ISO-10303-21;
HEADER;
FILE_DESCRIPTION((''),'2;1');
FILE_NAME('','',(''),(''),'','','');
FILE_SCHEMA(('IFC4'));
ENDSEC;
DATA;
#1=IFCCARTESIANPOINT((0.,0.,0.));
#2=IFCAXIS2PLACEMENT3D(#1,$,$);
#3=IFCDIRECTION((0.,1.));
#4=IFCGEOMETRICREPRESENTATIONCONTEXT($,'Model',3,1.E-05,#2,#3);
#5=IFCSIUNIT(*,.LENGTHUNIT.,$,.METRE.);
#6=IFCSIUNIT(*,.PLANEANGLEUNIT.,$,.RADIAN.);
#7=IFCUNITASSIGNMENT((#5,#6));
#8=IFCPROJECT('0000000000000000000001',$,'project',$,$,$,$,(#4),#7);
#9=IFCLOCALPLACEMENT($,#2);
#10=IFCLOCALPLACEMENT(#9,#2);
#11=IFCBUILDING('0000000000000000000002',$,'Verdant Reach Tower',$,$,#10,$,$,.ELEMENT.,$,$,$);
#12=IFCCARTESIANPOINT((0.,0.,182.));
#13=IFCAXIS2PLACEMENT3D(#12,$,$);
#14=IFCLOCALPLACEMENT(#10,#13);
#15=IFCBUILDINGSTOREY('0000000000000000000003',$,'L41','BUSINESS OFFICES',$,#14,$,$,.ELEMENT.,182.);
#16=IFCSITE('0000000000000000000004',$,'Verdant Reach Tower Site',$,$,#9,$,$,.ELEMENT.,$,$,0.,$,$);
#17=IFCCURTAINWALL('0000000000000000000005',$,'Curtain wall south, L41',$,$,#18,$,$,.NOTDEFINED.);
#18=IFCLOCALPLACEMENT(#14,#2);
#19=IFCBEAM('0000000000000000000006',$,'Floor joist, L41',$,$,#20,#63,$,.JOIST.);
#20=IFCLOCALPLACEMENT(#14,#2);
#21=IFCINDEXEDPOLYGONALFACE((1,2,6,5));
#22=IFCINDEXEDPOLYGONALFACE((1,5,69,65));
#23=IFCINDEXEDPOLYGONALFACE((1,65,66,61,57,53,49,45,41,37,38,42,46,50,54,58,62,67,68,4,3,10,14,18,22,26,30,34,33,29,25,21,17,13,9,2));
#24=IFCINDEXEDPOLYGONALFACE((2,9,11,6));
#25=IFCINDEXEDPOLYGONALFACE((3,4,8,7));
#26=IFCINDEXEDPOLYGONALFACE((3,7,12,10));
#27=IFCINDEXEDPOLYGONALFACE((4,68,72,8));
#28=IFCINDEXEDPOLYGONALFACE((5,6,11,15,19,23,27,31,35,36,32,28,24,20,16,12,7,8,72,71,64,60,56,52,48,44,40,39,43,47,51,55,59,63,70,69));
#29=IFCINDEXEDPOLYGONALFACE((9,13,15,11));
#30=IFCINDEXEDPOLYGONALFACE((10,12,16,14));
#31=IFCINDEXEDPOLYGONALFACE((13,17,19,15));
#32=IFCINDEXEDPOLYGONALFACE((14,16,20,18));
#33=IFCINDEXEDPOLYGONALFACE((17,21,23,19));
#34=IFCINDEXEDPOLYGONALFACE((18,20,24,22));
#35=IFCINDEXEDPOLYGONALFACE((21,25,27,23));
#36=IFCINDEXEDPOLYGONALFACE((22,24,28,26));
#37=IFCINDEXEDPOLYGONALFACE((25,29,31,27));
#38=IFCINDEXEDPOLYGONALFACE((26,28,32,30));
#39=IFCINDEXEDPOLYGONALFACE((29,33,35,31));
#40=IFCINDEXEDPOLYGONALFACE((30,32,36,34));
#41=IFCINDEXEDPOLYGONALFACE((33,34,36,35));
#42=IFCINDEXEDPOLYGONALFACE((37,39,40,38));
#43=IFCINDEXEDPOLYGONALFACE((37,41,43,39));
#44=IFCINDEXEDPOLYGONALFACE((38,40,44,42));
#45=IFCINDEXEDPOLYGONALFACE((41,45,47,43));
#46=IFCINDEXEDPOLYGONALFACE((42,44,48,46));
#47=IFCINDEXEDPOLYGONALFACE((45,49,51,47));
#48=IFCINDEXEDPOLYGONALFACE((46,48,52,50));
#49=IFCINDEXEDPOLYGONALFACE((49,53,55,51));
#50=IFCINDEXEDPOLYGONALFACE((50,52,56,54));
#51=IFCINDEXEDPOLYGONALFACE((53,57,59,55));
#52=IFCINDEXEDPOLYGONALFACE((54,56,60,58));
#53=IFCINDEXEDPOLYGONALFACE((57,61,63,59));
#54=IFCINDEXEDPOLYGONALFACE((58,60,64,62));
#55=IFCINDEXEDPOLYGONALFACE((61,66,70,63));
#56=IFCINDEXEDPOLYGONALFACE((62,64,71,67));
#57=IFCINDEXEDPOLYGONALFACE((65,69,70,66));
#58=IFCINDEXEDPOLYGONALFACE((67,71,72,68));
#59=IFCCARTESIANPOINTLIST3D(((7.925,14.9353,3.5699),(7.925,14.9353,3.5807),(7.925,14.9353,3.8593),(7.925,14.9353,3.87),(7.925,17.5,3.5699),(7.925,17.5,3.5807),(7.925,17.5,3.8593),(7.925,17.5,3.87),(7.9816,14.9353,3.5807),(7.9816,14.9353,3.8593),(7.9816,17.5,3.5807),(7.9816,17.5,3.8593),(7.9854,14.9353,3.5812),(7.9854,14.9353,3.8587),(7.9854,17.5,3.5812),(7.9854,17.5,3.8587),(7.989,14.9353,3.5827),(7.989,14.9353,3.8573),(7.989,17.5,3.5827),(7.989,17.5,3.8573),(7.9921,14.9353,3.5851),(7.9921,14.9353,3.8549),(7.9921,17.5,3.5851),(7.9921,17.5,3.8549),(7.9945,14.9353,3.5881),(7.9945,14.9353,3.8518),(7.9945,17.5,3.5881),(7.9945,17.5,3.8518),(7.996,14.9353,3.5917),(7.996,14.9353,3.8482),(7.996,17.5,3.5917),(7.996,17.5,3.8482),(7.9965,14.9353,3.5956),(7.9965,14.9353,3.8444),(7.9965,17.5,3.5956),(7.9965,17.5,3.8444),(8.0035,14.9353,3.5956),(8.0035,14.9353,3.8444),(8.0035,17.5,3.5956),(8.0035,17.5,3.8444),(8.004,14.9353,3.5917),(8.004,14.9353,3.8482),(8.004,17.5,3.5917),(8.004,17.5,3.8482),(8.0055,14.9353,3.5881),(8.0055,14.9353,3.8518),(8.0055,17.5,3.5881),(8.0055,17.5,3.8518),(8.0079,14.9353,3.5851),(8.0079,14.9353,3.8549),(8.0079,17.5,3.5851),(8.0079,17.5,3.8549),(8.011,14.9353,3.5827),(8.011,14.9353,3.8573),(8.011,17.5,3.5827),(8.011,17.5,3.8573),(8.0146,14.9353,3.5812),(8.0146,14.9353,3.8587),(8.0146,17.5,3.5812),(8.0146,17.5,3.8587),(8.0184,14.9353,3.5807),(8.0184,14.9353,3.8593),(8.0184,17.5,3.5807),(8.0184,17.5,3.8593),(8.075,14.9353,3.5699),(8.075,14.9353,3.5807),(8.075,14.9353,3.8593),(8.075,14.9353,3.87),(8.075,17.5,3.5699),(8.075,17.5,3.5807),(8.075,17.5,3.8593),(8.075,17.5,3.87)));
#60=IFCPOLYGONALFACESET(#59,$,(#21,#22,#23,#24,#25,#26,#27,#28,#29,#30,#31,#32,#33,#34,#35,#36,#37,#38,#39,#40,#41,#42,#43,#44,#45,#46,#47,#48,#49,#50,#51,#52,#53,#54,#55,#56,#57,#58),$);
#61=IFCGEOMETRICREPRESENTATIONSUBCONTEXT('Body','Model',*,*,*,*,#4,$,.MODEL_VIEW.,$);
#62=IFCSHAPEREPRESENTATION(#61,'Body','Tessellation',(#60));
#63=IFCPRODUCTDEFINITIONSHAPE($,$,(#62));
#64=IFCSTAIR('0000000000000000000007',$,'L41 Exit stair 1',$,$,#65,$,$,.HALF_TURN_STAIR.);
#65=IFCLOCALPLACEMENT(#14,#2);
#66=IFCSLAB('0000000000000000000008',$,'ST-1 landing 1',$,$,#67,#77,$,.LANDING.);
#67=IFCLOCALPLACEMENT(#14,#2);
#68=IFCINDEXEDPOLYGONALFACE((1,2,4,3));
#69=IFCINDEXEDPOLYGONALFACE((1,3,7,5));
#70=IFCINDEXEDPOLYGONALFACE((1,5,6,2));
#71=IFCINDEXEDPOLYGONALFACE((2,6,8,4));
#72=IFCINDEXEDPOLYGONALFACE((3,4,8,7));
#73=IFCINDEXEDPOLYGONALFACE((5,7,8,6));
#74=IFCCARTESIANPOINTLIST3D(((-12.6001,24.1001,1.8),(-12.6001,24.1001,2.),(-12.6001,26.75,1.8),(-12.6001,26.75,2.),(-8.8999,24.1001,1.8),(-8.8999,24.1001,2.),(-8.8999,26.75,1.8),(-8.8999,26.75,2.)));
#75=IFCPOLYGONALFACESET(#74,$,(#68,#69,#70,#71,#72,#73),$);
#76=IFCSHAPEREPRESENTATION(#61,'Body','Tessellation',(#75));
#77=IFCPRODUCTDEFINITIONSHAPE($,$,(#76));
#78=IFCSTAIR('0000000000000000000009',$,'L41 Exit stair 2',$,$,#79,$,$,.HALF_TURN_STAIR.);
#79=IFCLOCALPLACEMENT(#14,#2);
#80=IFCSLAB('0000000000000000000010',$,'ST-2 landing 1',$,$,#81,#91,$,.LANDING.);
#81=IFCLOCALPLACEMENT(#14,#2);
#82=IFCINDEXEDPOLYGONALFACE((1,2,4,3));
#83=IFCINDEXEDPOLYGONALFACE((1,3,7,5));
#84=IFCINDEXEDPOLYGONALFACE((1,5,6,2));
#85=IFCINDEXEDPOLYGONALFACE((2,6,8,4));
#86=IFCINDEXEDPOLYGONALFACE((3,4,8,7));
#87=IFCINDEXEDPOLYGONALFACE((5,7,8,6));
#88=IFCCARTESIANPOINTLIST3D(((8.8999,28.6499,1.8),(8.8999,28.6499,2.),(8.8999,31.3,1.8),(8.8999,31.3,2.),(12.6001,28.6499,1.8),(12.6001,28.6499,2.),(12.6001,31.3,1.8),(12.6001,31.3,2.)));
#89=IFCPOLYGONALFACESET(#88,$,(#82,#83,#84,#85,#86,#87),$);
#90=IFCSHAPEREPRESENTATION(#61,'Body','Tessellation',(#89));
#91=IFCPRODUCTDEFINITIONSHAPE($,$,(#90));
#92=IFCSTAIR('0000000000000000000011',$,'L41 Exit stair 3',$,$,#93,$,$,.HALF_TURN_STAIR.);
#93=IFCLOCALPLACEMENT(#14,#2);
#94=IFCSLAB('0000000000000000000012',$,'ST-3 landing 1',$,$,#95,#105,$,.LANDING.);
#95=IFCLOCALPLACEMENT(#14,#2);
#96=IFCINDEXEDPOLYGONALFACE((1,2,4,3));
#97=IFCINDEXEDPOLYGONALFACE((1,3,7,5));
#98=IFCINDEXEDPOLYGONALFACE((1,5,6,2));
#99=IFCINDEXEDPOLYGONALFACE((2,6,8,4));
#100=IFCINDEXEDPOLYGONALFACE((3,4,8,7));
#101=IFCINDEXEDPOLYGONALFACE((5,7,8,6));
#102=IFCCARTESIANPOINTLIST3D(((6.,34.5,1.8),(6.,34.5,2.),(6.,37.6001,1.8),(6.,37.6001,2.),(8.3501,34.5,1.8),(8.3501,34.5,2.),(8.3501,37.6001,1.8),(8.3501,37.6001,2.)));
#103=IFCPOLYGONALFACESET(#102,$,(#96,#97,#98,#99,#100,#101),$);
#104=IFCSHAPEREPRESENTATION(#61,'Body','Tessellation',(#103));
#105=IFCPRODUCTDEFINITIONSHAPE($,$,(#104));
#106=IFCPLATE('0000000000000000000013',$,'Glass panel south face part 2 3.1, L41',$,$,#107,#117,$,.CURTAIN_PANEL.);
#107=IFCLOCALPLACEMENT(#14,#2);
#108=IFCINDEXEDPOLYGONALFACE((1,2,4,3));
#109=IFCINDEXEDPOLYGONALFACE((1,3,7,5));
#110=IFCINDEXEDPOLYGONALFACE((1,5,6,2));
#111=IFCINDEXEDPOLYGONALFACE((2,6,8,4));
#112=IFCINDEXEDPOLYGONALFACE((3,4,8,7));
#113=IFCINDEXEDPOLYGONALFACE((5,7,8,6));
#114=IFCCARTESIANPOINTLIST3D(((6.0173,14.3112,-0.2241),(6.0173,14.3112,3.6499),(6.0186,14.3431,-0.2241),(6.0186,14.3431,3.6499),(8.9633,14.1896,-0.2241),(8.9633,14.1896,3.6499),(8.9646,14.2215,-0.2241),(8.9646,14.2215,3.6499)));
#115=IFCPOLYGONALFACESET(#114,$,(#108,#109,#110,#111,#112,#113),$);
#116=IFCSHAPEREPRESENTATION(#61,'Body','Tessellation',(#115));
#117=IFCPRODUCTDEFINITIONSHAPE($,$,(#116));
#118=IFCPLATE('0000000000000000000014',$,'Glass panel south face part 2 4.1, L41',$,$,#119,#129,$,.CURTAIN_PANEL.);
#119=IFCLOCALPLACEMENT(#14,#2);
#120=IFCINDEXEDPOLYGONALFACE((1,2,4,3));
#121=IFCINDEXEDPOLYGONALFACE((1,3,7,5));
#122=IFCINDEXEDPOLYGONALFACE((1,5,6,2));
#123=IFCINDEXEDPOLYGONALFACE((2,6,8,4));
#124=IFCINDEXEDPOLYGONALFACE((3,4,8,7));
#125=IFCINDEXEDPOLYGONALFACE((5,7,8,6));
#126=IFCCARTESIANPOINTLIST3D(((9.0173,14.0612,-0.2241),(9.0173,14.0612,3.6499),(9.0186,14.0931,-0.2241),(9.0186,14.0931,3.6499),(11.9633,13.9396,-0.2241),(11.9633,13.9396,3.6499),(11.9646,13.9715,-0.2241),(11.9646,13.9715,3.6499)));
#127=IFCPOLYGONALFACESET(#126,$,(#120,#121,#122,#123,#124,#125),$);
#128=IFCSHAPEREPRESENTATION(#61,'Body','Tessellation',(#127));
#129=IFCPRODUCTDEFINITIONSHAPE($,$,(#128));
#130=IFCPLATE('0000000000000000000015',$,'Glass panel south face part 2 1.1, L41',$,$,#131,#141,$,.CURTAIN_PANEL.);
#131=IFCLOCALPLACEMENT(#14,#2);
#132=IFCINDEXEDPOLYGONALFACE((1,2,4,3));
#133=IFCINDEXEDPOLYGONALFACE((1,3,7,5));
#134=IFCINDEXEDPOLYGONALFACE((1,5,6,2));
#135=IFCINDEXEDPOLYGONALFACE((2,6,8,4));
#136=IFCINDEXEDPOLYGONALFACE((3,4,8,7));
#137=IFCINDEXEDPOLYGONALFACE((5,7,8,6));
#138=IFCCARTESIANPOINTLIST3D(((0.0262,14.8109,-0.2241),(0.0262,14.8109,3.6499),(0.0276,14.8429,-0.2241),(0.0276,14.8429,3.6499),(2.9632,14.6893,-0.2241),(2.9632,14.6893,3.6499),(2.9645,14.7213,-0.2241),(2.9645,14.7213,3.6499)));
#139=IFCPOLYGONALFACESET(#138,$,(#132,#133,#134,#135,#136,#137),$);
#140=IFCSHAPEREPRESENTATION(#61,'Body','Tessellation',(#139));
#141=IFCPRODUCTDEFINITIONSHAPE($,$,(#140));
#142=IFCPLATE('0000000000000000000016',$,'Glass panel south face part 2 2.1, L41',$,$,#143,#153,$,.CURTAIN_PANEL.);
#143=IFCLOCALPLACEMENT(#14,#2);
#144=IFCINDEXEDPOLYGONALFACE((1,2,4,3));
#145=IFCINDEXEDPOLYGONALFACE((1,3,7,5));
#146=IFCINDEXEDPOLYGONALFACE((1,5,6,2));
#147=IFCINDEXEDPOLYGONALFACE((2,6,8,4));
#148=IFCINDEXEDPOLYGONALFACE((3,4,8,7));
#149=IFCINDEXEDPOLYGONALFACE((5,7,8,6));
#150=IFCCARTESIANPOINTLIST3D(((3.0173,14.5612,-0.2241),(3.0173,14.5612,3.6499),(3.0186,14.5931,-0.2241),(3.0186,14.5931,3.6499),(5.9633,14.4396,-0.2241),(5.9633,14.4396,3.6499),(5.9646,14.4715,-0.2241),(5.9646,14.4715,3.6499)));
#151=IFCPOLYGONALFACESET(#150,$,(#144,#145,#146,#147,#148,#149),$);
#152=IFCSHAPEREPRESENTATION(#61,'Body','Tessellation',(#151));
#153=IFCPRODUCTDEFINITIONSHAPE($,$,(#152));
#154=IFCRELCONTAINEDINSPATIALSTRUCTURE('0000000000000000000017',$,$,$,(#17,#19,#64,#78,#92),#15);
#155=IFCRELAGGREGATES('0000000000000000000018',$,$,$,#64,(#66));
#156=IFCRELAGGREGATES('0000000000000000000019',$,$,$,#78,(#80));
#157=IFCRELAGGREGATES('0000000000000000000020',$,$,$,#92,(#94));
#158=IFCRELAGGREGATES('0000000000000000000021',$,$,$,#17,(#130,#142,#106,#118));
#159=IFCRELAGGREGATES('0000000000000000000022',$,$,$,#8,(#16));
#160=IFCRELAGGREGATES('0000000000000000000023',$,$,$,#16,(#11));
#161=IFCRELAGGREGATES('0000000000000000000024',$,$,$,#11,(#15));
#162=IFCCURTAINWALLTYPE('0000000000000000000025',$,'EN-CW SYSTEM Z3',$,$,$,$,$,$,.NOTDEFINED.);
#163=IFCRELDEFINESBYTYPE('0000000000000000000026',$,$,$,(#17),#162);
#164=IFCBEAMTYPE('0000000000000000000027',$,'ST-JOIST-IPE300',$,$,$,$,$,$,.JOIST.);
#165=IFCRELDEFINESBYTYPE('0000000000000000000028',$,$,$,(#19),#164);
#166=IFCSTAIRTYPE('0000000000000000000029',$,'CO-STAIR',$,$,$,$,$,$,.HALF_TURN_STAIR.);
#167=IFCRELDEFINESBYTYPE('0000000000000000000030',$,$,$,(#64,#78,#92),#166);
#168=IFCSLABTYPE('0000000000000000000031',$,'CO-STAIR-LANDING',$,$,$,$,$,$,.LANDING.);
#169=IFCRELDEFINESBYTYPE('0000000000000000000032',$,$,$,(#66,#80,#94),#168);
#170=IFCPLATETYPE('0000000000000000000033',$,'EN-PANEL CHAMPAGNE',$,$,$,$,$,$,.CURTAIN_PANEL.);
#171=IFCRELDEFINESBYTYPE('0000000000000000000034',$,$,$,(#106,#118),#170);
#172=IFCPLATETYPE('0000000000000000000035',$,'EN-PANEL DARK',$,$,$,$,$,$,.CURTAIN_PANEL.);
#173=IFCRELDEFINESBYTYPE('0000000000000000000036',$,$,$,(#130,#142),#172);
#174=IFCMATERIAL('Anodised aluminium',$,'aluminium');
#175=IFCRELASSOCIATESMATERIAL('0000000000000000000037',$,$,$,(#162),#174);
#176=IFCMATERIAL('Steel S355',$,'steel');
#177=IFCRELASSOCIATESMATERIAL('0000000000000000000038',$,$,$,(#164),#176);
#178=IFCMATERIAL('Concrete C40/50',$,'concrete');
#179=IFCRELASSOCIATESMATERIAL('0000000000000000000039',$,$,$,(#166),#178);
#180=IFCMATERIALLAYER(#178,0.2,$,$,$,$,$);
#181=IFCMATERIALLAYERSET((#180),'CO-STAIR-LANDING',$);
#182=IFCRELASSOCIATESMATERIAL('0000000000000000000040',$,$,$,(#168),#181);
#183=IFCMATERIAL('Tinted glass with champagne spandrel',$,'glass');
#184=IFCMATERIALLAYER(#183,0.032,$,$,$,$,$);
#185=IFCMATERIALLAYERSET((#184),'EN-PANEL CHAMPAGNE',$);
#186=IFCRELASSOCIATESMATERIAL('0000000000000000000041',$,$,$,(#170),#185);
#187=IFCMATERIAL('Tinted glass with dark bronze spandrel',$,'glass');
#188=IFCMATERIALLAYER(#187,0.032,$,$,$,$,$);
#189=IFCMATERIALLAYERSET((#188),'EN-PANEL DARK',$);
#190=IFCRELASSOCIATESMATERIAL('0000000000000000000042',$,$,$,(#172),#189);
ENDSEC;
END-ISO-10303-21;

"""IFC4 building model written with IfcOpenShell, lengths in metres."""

from ifc_helpers import new_model, si_unit, direction, frame, origin, origin_2d, place, context, subcontext, project, spatial, polyline, rectangle, i_section, outline, extrude, material, layer, layer_set, material_profile, profile_set, type_object, element, aggregate, save


model = new_model("IFC4")

# Units and contexts
model_context = context("Model", 3, precision=1e-05, world=origin(), true_north=direction((0.0, 1.0)))
body_context = subcontext(model_context, "Body", "Model", "MODEL_VIEW")
ifc_project = project(units=[si_unit("LENGTHUNIT", "METRE"), si_unit("PLANEANGLEUNIT", "RADIAN")], contexts=[model_context])

# Site, building, storey
site_placement = place(None, origin())
site = spatial("IfcSite", under=ifc_project, at=site_placement, Name="Verdant Reach Tower Site", CompositionType="ELEMENT", RefElevation=0.0)
building_placement = place(site_placement, origin())
building = spatial("IfcBuilding", under=site, at=building_placement, Name="Verdant Reach Tower", CompositionType="ELEMENT")
storey_placement = place(building_placement, frame((0.0, 0.0, 182.0)))
storey = spatial("IfcBuildingStorey", under=building, at=storey_placement, Name="L41", Description="BUSINESS OFFICES", CompositionType="ELEMENT", Elevation=182.0)

# Curtain wall
ifc_material_1 = material(Name="Anodised aluminium", Category="aluminium")
curtain_wall_type = type_object("IfcCurtainWallType", Name="EN-CW SYSTEM Z3", PredefinedType="NOTDEFINED", material=ifc_material_1)
curtain_wall_placement = place(storey_placement, origin())
curtain_wall = element("IfcCurtainWall", 1, at=curtain_wall_placement, inside=storey, type_object=curtain_wall_type, Name="Curtain wall south, L41", PredefinedType="NOTDEFINED")

# Beam
ifc_material_2 = material(Name="Steel S355", Category="steel")
ifc_material_profile_1 = material_profile(ifc_material_2, i_section(OverallWidth=0.1499, OverallDepth=0.3, WebThickness=0.0071, FlangeThickness=0.0107, FilletRadius=0.0149, at=origin_2d()), Name="IPE 300")
ifc_profile_set_1 = profile_set([ifc_material_profile_1], Name="Steel S355")
beam_type = type_object("IfcBeamType", Name="ST-JOIST-IPE300", PredefinedType="JOIST", material=ifc_profile_set_1)
beam_1_placement = place(storey_placement, frame((8.0, 17.5, 3.72), z_axis=(0.0, -1.0, 0.0), x_axis=(1.0, 0.0, 0.0)))
element("IfcBeam", 2, at=beam_1_placement, inside=storey, type_object=beam_type, Name="Floor joist, L41", PredefinedType="JOIST", context=body_context, shape_type="SweptSolid", body=[
    extrude(i_section(OverallWidth=0.1499, OverallDepth=0.3, WebThickness=0.0071, FlangeThickness=0.0107, FilletRadius=0.0149, at=origin_2d()), origin(), (0.0, 0.0, 1.0), 2.5647),
])

# Stairs, slabs
ifc_material_3 = material(Name="Concrete C40/50", Category="concrete")
stair_type = type_object("IfcStairType", Name="CO-STAIR", PredefinedType="HALF_TURN_STAIR", material=ifc_material_3)
stair_1_placement = place(storey_placement, origin())
stair_1 = element("IfcStair", 3, at=stair_1_placement, inside=storey, type_object=stair_type, Name="L41 Exit stair 1", PredefinedType="HALF_TURN_STAIR")
ifc_layer_1 = layer(ifc_material_3, 0.2)
ifc_layer_set_1 = layer_set([ifc_layer_1], Name="CO-STAIR-LANDING")
slab_type_1 = type_object("IfcSlabType", Name="CO-STAIR-LANDING", PredefinedType="LANDING", material=ifc_layer_set_1)
slab_1_placement = place(storey_placement, frame((0.0, 0.0, 1.8)))
slab_1 = element("IfcSlab", 4, at=slab_1_placement, type_object=slab_type_1, Name="ST-1 landing 1", PredefinedType="LANDING", context=body_context, shape_type="SweptSolid", body=[
    extrude(outline(polyline([(-12.6001, 26.75), (-12.6001, 24.1001), (-8.8999, 24.1001), (-8.8999, 26.75), (-12.6001, 26.75)])), origin(), (0.0, 0.0, 1.0), 0.2),
])
aggregate(stair_1, [slab_1])
stair_2_placement = place(storey_placement, origin())
stair_2 = element("IfcStair", 5, at=stair_2_placement, inside=storey, type_object=stair_type, Name="L41 Exit stair 2", PredefinedType="HALF_TURN_STAIR")
slab_2_placement = place(storey_placement, frame((0.0, 0.0, 1.8)))
slab_2 = element("IfcSlab", 6, at=slab_2_placement, type_object=slab_type_1, Name="ST-2 landing 1", PredefinedType="LANDING", context=body_context, shape_type="SweptSolid", body=[
    extrude(outline(polyline([(12.6001, 28.6499), (12.6001, 31.3), (8.8999, 31.3), (8.8999, 28.6499), (12.6001, 28.6499)])), origin(), (0.0, 0.0, 1.0), 0.2),
])
aggregate(stair_2, [slab_2])
stair_3_placement = place(storey_placement, origin())
stair_3 = element("IfcStair", 7, at=stair_3_placement, inside=storey, type_object=stair_type, Name="L41 Exit stair 3", PredefinedType="HALF_TURN_STAIR")
slab_3_placement = place(storey_placement, frame((0.0, 0.0, 1.8)))
slab_3 = element("IfcSlab", 8, at=slab_3_placement, type_object=slab_type_1, Name="ST-3 landing 1", PredefinedType="LANDING", context=body_context, shape_type="SweptSolid", body=[
    extrude(outline(polyline([(8.3501, 37.6001), (6.0, 37.6001), (6.0, 34.5), (8.3501, 34.5), (8.3501, 37.6001)])), origin(), (0.0, 0.0, 1.0), 0.2),
])
aggregate(stair_3, [slab_3])

# Plates
ifc_material_4 = material(Name="Tinted glass with champagne spandrel", Category="glass")
ifc_layer_2 = layer(ifc_material_4, 0.032)
ifc_layer_set_2 = layer_set([ifc_layer_2], Name="EN-PANEL CHAMPAGNE")
plate_type_1 = type_object("IfcPlateType", Name="EN-PANEL CHAMPAGNE", PredefinedType="CURTAIN_PANEL", material=ifc_layer_set_2)
plate_1_placement = place(storey_placement, frame((7.491, 14.2664, -0.2241), z_axis=(0.0, 0.0, 1.0), x_axis=(0.999149, -0.041242, 0.0)))
plate_1 = element("IfcPlate", 9, at=plate_1_placement, type_object=plate_type_1, Name="Glass panel south face part 2 3.1, L41", PredefinedType="CURTAIN_PANEL", context=body_context, shape_type="SweptSolid", body=[
    extrude(rectangle(XDim=2.9485, YDim=0.032, at=origin_2d()), origin(), (0.0, 0.0, 1.0), 3.874),
])
plate_2_placement = place(storey_placement, frame((10.491, 14.0164, -0.2241), z_axis=(0.0, 0.0, 1.0), x_axis=(0.999149, -0.041242, 0.0)))
plate_2 = element("IfcPlate", 10, at=plate_2_placement, type_object=plate_type_1, Name="Glass panel south face part 2 4.1, L41", PredefinedType="CURTAIN_PANEL", context=body_context, shape_type="SweptSolid", body=[
    extrude(rectangle(XDim=2.9485, YDim=0.032, at=origin_2d()), origin(), (0.0, 0.0, 1.0), 3.874),
])
ifc_material_5 = material(Name="Tinted glass with dark bronze spandrel", Category="glass")
ifc_layer_3 = layer(ifc_material_5, 0.032)
ifc_layer_set_3 = layer_set([ifc_layer_3], Name="EN-PANEL DARK")
plate_type_2 = type_object("IfcPlateType", Name="EN-PANEL DARK", PredefinedType="CURTAIN_PANEL", material=ifc_layer_set_3)
plate_3_placement = place(storey_placement, frame((1.4954, 14.7661, -0.2241), z_axis=(0.0, 0.0, 1.0), x_axis=(0.999144, -0.041367, 0.0)))
plate_3 = element("IfcPlate", 11, at=plate_3_placement, type_object=plate_type_2, Name="Glass panel south face part 2 1.1, L41", PredefinedType="CURTAIN_PANEL", context=body_context, shape_type="SweptSolid", body=[
    extrude(rectangle(XDim=2.9395, YDim=0.032, at=origin_2d()), origin(), (0.0, 0.0, 1.0), 3.874),
])
plate_4_placement = place(storey_placement, frame((4.491, 14.5164, -0.2241), z_axis=(0.0, 0.0, 1.0), x_axis=(0.999149, -0.041242, 0.0)))
plate_4 = element("IfcPlate", 12, at=plate_4_placement, type_object=plate_type_2, Name="Glass panel south face part 2 2.1, L41", PredefinedType="CURTAIN_PANEL", context=body_context, shape_type="SweptSolid", body=[
    extrude(rectangle(XDim=2.9485, YDim=0.032, at=origin_2d()), origin(), (0.0, 0.0, 1.0), 3.874),
])
aggregate(curtain_wall, [plate_3, plate_4, plate_1, plate_2])

save(model, "model.ifc")
